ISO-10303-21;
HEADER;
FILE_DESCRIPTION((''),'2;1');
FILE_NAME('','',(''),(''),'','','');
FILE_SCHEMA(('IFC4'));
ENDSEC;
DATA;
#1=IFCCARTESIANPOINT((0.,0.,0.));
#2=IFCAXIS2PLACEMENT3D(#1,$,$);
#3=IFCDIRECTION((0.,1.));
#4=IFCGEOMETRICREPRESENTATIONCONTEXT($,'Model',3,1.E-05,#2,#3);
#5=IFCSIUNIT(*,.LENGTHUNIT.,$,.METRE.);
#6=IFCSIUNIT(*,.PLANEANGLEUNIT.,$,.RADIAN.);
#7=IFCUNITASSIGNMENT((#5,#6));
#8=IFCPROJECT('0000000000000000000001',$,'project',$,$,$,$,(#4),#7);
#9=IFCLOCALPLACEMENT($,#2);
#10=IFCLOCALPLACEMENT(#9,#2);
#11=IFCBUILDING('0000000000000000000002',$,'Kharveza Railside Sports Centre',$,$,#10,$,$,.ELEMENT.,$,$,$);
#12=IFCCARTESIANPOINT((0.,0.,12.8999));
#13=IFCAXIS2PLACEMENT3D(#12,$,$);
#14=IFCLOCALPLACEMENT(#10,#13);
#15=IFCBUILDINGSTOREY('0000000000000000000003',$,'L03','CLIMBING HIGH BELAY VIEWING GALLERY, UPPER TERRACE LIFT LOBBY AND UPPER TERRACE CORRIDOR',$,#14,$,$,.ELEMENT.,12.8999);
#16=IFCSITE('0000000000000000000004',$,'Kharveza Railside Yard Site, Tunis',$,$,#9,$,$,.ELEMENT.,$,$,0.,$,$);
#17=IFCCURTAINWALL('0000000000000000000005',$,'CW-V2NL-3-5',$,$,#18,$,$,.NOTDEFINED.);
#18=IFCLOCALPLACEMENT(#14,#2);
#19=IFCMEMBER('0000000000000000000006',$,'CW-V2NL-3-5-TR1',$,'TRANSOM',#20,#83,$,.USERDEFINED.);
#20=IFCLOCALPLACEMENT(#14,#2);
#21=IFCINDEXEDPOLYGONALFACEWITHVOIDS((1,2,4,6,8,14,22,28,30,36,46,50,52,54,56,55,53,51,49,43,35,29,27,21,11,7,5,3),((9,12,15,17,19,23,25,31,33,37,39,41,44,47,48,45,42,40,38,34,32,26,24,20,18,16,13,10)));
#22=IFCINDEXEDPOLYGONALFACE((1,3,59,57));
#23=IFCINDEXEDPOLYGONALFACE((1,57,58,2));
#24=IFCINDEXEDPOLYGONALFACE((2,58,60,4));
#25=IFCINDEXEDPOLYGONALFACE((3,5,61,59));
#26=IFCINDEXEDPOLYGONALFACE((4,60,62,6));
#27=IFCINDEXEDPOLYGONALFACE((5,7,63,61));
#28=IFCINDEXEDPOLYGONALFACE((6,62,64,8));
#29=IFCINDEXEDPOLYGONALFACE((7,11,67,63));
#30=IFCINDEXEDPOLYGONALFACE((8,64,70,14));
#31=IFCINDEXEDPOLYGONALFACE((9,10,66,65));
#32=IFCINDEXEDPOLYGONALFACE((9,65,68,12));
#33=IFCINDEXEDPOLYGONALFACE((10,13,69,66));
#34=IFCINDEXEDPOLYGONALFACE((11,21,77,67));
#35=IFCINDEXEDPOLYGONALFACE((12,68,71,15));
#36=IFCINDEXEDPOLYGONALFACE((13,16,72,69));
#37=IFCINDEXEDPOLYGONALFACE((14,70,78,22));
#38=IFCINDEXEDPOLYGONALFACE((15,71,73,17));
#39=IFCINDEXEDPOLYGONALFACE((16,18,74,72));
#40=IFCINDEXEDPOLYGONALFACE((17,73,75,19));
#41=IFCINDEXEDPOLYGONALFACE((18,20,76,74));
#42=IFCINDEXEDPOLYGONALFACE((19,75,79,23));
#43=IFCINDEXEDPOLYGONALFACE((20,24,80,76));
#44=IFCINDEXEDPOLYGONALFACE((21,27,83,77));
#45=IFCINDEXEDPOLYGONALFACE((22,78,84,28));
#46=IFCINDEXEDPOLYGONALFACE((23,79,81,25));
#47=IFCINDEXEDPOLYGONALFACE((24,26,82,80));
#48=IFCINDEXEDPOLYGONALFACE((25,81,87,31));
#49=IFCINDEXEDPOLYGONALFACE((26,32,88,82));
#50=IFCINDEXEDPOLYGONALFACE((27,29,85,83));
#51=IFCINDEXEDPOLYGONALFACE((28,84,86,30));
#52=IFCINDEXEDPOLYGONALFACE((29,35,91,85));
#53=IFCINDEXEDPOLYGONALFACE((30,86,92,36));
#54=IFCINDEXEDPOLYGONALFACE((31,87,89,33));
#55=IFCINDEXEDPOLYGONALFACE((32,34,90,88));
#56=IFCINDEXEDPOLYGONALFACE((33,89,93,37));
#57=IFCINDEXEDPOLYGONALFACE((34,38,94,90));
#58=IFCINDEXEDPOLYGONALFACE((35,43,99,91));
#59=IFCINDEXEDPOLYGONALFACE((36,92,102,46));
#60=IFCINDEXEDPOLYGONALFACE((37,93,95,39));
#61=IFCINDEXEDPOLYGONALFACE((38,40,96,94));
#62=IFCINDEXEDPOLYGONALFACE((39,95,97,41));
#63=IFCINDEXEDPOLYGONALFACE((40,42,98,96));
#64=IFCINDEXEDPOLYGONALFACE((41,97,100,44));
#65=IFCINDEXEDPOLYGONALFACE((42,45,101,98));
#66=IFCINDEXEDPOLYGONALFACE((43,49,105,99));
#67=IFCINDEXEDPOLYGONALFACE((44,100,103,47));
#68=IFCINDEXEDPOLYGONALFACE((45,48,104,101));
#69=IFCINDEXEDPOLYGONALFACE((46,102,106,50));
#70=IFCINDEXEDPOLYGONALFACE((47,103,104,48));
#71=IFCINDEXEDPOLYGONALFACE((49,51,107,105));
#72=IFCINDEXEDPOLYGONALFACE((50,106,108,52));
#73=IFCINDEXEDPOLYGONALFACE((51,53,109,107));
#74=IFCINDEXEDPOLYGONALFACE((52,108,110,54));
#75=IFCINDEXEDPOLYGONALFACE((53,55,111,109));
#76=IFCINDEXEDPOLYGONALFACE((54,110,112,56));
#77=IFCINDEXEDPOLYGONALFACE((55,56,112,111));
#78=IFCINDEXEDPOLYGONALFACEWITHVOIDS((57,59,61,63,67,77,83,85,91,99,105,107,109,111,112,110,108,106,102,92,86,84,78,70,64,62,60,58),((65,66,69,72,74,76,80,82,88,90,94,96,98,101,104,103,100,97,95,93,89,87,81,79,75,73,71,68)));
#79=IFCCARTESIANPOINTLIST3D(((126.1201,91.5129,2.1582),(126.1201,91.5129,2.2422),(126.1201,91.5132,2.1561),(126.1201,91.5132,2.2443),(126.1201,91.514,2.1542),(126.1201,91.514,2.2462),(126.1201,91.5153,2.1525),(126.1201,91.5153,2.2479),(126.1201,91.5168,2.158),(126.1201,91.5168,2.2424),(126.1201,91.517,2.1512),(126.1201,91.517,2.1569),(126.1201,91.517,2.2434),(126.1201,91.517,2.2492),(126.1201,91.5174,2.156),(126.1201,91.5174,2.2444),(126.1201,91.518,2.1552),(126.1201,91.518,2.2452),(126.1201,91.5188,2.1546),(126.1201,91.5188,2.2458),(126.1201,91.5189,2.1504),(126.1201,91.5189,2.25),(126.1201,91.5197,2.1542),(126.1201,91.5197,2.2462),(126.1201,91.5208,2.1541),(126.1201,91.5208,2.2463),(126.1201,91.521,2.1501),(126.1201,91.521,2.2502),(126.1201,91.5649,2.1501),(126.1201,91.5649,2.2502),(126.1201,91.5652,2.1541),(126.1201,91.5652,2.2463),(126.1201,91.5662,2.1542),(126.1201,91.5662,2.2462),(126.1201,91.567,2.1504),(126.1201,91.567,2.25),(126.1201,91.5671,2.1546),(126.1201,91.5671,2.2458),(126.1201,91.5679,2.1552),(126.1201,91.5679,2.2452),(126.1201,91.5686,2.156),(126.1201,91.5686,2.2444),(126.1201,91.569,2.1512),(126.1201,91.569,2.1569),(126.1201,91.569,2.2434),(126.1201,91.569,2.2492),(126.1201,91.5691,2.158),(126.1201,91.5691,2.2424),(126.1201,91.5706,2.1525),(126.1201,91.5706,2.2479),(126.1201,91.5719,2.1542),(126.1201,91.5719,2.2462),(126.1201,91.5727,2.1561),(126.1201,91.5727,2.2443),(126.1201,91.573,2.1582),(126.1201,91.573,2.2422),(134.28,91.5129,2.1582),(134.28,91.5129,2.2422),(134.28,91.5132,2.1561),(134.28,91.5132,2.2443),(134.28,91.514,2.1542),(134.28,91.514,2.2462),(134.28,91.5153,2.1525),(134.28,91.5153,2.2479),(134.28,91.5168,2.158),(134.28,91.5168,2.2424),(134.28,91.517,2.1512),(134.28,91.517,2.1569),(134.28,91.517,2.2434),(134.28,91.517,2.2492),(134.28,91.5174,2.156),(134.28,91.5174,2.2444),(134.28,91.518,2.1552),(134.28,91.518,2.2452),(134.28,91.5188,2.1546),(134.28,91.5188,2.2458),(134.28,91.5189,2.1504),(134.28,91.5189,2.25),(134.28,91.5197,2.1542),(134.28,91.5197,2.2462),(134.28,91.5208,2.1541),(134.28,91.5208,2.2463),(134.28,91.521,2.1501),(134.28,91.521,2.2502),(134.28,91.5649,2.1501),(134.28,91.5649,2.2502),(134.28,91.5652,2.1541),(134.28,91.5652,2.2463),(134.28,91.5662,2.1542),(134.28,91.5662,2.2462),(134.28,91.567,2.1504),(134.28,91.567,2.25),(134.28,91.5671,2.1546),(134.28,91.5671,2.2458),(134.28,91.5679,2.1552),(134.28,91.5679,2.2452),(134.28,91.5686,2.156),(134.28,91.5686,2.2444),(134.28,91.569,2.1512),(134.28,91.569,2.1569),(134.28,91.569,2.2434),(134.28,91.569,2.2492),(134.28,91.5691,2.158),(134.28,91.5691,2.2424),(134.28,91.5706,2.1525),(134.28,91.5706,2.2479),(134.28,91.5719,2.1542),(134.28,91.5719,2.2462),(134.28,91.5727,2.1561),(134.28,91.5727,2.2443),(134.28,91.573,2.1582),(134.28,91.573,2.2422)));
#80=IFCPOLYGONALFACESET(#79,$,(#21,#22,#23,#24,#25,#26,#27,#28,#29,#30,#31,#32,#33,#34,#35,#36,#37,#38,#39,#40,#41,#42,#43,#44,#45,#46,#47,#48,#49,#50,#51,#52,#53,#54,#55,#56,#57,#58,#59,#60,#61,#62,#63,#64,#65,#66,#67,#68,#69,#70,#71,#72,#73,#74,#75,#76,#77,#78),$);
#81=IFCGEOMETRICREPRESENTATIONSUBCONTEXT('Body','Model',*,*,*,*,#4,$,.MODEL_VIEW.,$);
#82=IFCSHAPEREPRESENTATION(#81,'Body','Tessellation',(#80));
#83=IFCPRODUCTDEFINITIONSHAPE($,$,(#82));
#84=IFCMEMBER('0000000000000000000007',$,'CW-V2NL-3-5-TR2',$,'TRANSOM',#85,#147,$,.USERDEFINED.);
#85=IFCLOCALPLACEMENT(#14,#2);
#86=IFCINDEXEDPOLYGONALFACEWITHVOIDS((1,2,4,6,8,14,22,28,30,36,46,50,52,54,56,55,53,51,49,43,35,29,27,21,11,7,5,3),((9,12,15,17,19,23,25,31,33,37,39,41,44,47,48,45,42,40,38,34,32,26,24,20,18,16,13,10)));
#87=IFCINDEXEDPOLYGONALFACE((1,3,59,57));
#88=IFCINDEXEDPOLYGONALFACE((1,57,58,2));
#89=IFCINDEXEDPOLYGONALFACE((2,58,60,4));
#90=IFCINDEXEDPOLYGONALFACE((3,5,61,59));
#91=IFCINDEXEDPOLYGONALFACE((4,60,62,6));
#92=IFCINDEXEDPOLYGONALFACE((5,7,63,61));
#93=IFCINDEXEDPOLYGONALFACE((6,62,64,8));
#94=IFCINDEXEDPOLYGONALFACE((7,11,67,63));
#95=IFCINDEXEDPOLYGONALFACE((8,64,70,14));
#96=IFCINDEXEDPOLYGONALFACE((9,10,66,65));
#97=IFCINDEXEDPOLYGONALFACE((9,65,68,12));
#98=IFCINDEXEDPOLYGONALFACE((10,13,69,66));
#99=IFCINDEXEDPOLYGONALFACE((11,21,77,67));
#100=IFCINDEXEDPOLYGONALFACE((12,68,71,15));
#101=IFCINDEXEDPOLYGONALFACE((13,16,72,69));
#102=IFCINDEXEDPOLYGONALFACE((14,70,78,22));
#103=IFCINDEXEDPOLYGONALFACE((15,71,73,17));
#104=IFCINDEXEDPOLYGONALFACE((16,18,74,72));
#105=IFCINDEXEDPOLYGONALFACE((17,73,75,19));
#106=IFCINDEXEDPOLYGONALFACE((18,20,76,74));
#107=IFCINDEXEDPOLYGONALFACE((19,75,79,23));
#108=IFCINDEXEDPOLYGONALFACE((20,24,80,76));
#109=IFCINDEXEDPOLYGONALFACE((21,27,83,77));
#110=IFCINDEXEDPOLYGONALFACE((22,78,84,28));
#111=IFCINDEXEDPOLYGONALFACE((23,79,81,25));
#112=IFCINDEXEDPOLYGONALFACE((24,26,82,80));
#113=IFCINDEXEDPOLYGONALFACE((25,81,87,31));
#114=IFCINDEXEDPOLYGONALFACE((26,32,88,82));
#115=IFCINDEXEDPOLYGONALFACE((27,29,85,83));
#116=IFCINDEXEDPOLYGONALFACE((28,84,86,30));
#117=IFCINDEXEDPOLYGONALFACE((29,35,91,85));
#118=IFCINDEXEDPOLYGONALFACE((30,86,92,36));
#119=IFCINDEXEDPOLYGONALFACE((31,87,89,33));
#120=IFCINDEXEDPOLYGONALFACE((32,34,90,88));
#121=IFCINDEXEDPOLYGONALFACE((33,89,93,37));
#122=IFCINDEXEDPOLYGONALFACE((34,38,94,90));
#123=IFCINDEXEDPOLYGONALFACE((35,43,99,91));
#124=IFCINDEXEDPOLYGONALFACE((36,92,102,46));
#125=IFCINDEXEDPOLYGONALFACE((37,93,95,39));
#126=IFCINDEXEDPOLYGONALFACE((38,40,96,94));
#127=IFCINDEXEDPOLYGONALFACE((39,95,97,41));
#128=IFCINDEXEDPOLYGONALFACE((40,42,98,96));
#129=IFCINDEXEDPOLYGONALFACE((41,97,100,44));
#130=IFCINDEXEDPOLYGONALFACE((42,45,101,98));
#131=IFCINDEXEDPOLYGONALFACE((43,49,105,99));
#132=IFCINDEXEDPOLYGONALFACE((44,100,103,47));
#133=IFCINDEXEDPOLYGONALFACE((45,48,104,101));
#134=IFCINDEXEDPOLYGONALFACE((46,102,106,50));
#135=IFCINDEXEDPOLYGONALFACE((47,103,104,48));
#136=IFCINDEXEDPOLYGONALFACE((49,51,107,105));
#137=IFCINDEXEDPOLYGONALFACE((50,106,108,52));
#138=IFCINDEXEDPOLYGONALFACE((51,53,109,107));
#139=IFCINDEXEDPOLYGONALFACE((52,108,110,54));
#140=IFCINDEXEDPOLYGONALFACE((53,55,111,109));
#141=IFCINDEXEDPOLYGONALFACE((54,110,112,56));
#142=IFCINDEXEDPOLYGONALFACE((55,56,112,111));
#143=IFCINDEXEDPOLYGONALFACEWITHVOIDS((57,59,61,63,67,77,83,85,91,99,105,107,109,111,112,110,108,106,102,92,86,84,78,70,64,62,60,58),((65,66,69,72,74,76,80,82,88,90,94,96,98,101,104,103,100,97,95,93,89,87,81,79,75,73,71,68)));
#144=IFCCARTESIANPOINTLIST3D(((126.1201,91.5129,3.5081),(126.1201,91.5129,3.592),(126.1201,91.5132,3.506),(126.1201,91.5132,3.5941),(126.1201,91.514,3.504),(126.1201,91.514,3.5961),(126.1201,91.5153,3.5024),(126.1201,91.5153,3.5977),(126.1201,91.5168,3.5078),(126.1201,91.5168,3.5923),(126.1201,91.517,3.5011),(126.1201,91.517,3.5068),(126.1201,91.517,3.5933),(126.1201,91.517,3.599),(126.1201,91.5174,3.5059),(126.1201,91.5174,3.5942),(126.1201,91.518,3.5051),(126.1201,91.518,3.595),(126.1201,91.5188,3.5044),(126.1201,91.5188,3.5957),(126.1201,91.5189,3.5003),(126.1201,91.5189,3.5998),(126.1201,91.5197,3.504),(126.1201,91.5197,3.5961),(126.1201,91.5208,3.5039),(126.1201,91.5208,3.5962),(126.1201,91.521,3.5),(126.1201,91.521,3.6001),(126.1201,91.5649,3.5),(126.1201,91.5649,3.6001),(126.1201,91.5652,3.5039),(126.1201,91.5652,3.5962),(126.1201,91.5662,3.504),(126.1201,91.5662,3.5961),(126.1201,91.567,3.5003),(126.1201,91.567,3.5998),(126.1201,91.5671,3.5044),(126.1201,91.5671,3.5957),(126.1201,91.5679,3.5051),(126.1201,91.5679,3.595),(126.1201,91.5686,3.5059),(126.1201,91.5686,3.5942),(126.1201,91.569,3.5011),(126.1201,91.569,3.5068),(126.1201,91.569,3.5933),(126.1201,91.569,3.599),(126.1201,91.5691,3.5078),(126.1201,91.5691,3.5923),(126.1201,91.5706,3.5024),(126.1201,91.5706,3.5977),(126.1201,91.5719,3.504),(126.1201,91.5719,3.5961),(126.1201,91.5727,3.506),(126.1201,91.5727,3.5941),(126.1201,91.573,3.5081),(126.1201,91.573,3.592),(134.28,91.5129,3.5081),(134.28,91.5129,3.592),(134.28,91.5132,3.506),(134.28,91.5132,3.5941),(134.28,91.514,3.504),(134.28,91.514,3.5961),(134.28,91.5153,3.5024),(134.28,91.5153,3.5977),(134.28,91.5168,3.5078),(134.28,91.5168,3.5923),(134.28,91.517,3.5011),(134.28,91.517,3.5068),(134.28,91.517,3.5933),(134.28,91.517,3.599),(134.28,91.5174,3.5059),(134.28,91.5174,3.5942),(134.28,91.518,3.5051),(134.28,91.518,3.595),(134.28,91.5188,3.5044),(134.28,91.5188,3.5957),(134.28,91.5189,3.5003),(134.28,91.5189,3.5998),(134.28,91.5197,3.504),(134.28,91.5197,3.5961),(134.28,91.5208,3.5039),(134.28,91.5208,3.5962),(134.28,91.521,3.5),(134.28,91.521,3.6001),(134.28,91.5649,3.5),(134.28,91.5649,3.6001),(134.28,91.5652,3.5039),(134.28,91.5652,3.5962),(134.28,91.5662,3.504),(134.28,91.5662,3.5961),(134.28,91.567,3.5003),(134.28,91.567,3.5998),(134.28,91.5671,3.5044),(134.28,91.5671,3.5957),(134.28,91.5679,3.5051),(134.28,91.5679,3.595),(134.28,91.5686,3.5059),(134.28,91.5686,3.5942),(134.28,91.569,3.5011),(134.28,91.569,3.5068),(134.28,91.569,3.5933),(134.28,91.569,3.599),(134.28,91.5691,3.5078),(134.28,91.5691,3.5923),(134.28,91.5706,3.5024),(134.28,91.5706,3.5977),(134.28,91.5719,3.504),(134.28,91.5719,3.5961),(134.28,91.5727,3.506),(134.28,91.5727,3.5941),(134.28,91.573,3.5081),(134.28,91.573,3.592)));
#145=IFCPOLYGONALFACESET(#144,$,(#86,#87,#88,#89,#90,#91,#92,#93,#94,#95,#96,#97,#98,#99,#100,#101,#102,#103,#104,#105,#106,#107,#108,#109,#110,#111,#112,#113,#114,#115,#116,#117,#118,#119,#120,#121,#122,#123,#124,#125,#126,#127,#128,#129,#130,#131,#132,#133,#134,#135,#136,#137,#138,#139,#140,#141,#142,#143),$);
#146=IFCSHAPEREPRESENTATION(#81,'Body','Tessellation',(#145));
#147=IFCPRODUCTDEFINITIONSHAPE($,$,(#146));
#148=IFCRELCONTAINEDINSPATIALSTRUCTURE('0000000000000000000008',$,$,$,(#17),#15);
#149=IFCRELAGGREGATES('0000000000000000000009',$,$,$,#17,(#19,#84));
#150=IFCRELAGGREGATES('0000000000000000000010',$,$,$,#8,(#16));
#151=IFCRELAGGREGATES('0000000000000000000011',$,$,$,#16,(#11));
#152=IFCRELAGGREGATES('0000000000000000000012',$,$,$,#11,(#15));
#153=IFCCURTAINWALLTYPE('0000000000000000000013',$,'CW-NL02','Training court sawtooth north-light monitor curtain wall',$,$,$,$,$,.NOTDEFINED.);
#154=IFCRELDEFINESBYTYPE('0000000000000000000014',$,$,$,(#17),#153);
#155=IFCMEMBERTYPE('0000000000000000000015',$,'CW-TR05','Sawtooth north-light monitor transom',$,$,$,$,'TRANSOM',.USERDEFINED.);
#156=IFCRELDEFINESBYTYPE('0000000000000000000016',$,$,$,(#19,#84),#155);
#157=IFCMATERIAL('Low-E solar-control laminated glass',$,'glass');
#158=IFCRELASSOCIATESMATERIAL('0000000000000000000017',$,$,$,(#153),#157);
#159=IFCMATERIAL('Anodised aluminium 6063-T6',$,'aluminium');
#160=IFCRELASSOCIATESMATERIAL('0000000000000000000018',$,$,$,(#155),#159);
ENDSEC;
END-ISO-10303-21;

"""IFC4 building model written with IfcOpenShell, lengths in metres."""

from ifc_helpers import new_model, si_unit, direction, frame, origin, origin_2d, place, context, subcontext, project, spatial, hollow_rectangle, extrude, material, material_profile, profile_set, type_object, element, aggregate, save


model = new_model("IFC4")

# Units and contexts
model_context = context("Model", 3, precision=1e-05, world=origin(), true_north=direction((0.0, 1.0)))
body_context = subcontext(model_context, "Body", "Model", "MODEL_VIEW")
ifc_project = project(units=[si_unit("LENGTHUNIT", "METRE"), si_unit("PLANEANGLEUNIT", "RADIAN")], contexts=[model_context])

# Site, building, storey
site_placement = place(None, origin())
site = spatial("IfcSite", under=ifc_project, at=site_placement, Name="Kharveza Railside Yard Site, Tunis", CompositionType="ELEMENT", RefElevation=0.0)
building_placement = place(site_placement, origin())
building = spatial("IfcBuilding", under=site, at=building_placement, Name="Kharveza Railside Sports Centre", CompositionType="ELEMENT")
storey_placement = place(building_placement, frame((0.0, 0.0, 12.8999)))
storey = spatial("IfcBuildingStorey", under=building, at=storey_placement, Name="L03", Description="CLIMBING HIGH BELAY VIEWING GALLERY, UPPER TERRACE LIFT LOBBY AND UPPER TERRACE CORRIDOR", CompositionType="ELEMENT", Elevation=12.8999)

# Shared definitions
ifc_material_1 = material(Name="Low-E solar-control laminated glass", Category="glass")
curtain_wall_type = type_object("IfcCurtainWallType", Name="CW-NL02", Description="Training court sawtooth north-light monitor curtain wall", PredefinedType="NOTDEFINED", material=ifc_material_1)
ifc_material_2 = material(Name="Anodised aluminium 6063-T6", Category="aluminium")

# Curtain wall
curtain_wall_1_placement = place(storey_placement, origin())
curtain_wall_1 = element("IfcCurtainWall", 1, at=curtain_wall_1_placement, inside=storey, type_object=curtain_wall_type, Name="CW-V2NL-3-5", PredefinedType="NOTDEFINED")

# Members
ifc_material_profile_1 = material_profile(ifc_material_2, hollow_rectangle(XDim=0.0601, YDim=0.1001, WallThickness=0.0039, InnerFilletRadius=0.0039, OuterFilletRadius=0.0081, at=origin_2d()), Name="RHS 60x100x4.0")
ifc_profile_set_1 = profile_set([ifc_material_profile_1], Name="Anodised aluminium 6063-T6")
member_type_1 = type_object("IfcMemberType", Name="CW-TR05", Description="Sawtooth north-light monitor transom", ElementType="TRANSOM", PredefinedType="USERDEFINED", material=ifc_profile_set_1)
member_1_placement = place(storey_placement, frame((126.1201, 91.543, 2.2002), z_axis=(1.0, 0.0, 0.0), x_axis=(0.0, 1.0, 0.0)))
member_1 = element("IfcMember", 2, at=member_1_placement, type_object=member_type_1, Name="CW-V2NL-3-5-TR1", ObjectType="TRANSOM", PredefinedType="USERDEFINED", context=body_context, shape_type="SweptSolid", body=[
    extrude(hollow_rectangle(XDim=0.0601, YDim=0.1001, WallThickness=0.0039, InnerFilletRadius=0.0039, OuterFilletRadius=0.0081, at=origin_2d()), origin(), (0.0, 0.0, 1.0), 8.1599),
])
member_2_placement = place(storey_placement, frame((126.1201, 91.543, 3.55), z_axis=(1.0, 0.0, 0.0), x_axis=(0.0, 1.0, 0.0)))
member_2 = element("IfcMember", 3, at=member_2_placement, type_object=member_type_1, Name="CW-V2NL-3-5-TR2", ObjectType="TRANSOM", PredefinedType="USERDEFINED", context=body_context, shape_type="SweptSolid", body=[
    extrude(hollow_rectangle(XDim=0.0601, YDim=0.1001, WallThickness=0.0039, InnerFilletRadius=0.0039, OuterFilletRadius=0.0081, at=origin_2d()), origin(), (0.0, 0.0, 1.0), 8.1599),
])

aggregate(curtain_wall_1, [member_1, member_2])

save(model, "model.ifc")
